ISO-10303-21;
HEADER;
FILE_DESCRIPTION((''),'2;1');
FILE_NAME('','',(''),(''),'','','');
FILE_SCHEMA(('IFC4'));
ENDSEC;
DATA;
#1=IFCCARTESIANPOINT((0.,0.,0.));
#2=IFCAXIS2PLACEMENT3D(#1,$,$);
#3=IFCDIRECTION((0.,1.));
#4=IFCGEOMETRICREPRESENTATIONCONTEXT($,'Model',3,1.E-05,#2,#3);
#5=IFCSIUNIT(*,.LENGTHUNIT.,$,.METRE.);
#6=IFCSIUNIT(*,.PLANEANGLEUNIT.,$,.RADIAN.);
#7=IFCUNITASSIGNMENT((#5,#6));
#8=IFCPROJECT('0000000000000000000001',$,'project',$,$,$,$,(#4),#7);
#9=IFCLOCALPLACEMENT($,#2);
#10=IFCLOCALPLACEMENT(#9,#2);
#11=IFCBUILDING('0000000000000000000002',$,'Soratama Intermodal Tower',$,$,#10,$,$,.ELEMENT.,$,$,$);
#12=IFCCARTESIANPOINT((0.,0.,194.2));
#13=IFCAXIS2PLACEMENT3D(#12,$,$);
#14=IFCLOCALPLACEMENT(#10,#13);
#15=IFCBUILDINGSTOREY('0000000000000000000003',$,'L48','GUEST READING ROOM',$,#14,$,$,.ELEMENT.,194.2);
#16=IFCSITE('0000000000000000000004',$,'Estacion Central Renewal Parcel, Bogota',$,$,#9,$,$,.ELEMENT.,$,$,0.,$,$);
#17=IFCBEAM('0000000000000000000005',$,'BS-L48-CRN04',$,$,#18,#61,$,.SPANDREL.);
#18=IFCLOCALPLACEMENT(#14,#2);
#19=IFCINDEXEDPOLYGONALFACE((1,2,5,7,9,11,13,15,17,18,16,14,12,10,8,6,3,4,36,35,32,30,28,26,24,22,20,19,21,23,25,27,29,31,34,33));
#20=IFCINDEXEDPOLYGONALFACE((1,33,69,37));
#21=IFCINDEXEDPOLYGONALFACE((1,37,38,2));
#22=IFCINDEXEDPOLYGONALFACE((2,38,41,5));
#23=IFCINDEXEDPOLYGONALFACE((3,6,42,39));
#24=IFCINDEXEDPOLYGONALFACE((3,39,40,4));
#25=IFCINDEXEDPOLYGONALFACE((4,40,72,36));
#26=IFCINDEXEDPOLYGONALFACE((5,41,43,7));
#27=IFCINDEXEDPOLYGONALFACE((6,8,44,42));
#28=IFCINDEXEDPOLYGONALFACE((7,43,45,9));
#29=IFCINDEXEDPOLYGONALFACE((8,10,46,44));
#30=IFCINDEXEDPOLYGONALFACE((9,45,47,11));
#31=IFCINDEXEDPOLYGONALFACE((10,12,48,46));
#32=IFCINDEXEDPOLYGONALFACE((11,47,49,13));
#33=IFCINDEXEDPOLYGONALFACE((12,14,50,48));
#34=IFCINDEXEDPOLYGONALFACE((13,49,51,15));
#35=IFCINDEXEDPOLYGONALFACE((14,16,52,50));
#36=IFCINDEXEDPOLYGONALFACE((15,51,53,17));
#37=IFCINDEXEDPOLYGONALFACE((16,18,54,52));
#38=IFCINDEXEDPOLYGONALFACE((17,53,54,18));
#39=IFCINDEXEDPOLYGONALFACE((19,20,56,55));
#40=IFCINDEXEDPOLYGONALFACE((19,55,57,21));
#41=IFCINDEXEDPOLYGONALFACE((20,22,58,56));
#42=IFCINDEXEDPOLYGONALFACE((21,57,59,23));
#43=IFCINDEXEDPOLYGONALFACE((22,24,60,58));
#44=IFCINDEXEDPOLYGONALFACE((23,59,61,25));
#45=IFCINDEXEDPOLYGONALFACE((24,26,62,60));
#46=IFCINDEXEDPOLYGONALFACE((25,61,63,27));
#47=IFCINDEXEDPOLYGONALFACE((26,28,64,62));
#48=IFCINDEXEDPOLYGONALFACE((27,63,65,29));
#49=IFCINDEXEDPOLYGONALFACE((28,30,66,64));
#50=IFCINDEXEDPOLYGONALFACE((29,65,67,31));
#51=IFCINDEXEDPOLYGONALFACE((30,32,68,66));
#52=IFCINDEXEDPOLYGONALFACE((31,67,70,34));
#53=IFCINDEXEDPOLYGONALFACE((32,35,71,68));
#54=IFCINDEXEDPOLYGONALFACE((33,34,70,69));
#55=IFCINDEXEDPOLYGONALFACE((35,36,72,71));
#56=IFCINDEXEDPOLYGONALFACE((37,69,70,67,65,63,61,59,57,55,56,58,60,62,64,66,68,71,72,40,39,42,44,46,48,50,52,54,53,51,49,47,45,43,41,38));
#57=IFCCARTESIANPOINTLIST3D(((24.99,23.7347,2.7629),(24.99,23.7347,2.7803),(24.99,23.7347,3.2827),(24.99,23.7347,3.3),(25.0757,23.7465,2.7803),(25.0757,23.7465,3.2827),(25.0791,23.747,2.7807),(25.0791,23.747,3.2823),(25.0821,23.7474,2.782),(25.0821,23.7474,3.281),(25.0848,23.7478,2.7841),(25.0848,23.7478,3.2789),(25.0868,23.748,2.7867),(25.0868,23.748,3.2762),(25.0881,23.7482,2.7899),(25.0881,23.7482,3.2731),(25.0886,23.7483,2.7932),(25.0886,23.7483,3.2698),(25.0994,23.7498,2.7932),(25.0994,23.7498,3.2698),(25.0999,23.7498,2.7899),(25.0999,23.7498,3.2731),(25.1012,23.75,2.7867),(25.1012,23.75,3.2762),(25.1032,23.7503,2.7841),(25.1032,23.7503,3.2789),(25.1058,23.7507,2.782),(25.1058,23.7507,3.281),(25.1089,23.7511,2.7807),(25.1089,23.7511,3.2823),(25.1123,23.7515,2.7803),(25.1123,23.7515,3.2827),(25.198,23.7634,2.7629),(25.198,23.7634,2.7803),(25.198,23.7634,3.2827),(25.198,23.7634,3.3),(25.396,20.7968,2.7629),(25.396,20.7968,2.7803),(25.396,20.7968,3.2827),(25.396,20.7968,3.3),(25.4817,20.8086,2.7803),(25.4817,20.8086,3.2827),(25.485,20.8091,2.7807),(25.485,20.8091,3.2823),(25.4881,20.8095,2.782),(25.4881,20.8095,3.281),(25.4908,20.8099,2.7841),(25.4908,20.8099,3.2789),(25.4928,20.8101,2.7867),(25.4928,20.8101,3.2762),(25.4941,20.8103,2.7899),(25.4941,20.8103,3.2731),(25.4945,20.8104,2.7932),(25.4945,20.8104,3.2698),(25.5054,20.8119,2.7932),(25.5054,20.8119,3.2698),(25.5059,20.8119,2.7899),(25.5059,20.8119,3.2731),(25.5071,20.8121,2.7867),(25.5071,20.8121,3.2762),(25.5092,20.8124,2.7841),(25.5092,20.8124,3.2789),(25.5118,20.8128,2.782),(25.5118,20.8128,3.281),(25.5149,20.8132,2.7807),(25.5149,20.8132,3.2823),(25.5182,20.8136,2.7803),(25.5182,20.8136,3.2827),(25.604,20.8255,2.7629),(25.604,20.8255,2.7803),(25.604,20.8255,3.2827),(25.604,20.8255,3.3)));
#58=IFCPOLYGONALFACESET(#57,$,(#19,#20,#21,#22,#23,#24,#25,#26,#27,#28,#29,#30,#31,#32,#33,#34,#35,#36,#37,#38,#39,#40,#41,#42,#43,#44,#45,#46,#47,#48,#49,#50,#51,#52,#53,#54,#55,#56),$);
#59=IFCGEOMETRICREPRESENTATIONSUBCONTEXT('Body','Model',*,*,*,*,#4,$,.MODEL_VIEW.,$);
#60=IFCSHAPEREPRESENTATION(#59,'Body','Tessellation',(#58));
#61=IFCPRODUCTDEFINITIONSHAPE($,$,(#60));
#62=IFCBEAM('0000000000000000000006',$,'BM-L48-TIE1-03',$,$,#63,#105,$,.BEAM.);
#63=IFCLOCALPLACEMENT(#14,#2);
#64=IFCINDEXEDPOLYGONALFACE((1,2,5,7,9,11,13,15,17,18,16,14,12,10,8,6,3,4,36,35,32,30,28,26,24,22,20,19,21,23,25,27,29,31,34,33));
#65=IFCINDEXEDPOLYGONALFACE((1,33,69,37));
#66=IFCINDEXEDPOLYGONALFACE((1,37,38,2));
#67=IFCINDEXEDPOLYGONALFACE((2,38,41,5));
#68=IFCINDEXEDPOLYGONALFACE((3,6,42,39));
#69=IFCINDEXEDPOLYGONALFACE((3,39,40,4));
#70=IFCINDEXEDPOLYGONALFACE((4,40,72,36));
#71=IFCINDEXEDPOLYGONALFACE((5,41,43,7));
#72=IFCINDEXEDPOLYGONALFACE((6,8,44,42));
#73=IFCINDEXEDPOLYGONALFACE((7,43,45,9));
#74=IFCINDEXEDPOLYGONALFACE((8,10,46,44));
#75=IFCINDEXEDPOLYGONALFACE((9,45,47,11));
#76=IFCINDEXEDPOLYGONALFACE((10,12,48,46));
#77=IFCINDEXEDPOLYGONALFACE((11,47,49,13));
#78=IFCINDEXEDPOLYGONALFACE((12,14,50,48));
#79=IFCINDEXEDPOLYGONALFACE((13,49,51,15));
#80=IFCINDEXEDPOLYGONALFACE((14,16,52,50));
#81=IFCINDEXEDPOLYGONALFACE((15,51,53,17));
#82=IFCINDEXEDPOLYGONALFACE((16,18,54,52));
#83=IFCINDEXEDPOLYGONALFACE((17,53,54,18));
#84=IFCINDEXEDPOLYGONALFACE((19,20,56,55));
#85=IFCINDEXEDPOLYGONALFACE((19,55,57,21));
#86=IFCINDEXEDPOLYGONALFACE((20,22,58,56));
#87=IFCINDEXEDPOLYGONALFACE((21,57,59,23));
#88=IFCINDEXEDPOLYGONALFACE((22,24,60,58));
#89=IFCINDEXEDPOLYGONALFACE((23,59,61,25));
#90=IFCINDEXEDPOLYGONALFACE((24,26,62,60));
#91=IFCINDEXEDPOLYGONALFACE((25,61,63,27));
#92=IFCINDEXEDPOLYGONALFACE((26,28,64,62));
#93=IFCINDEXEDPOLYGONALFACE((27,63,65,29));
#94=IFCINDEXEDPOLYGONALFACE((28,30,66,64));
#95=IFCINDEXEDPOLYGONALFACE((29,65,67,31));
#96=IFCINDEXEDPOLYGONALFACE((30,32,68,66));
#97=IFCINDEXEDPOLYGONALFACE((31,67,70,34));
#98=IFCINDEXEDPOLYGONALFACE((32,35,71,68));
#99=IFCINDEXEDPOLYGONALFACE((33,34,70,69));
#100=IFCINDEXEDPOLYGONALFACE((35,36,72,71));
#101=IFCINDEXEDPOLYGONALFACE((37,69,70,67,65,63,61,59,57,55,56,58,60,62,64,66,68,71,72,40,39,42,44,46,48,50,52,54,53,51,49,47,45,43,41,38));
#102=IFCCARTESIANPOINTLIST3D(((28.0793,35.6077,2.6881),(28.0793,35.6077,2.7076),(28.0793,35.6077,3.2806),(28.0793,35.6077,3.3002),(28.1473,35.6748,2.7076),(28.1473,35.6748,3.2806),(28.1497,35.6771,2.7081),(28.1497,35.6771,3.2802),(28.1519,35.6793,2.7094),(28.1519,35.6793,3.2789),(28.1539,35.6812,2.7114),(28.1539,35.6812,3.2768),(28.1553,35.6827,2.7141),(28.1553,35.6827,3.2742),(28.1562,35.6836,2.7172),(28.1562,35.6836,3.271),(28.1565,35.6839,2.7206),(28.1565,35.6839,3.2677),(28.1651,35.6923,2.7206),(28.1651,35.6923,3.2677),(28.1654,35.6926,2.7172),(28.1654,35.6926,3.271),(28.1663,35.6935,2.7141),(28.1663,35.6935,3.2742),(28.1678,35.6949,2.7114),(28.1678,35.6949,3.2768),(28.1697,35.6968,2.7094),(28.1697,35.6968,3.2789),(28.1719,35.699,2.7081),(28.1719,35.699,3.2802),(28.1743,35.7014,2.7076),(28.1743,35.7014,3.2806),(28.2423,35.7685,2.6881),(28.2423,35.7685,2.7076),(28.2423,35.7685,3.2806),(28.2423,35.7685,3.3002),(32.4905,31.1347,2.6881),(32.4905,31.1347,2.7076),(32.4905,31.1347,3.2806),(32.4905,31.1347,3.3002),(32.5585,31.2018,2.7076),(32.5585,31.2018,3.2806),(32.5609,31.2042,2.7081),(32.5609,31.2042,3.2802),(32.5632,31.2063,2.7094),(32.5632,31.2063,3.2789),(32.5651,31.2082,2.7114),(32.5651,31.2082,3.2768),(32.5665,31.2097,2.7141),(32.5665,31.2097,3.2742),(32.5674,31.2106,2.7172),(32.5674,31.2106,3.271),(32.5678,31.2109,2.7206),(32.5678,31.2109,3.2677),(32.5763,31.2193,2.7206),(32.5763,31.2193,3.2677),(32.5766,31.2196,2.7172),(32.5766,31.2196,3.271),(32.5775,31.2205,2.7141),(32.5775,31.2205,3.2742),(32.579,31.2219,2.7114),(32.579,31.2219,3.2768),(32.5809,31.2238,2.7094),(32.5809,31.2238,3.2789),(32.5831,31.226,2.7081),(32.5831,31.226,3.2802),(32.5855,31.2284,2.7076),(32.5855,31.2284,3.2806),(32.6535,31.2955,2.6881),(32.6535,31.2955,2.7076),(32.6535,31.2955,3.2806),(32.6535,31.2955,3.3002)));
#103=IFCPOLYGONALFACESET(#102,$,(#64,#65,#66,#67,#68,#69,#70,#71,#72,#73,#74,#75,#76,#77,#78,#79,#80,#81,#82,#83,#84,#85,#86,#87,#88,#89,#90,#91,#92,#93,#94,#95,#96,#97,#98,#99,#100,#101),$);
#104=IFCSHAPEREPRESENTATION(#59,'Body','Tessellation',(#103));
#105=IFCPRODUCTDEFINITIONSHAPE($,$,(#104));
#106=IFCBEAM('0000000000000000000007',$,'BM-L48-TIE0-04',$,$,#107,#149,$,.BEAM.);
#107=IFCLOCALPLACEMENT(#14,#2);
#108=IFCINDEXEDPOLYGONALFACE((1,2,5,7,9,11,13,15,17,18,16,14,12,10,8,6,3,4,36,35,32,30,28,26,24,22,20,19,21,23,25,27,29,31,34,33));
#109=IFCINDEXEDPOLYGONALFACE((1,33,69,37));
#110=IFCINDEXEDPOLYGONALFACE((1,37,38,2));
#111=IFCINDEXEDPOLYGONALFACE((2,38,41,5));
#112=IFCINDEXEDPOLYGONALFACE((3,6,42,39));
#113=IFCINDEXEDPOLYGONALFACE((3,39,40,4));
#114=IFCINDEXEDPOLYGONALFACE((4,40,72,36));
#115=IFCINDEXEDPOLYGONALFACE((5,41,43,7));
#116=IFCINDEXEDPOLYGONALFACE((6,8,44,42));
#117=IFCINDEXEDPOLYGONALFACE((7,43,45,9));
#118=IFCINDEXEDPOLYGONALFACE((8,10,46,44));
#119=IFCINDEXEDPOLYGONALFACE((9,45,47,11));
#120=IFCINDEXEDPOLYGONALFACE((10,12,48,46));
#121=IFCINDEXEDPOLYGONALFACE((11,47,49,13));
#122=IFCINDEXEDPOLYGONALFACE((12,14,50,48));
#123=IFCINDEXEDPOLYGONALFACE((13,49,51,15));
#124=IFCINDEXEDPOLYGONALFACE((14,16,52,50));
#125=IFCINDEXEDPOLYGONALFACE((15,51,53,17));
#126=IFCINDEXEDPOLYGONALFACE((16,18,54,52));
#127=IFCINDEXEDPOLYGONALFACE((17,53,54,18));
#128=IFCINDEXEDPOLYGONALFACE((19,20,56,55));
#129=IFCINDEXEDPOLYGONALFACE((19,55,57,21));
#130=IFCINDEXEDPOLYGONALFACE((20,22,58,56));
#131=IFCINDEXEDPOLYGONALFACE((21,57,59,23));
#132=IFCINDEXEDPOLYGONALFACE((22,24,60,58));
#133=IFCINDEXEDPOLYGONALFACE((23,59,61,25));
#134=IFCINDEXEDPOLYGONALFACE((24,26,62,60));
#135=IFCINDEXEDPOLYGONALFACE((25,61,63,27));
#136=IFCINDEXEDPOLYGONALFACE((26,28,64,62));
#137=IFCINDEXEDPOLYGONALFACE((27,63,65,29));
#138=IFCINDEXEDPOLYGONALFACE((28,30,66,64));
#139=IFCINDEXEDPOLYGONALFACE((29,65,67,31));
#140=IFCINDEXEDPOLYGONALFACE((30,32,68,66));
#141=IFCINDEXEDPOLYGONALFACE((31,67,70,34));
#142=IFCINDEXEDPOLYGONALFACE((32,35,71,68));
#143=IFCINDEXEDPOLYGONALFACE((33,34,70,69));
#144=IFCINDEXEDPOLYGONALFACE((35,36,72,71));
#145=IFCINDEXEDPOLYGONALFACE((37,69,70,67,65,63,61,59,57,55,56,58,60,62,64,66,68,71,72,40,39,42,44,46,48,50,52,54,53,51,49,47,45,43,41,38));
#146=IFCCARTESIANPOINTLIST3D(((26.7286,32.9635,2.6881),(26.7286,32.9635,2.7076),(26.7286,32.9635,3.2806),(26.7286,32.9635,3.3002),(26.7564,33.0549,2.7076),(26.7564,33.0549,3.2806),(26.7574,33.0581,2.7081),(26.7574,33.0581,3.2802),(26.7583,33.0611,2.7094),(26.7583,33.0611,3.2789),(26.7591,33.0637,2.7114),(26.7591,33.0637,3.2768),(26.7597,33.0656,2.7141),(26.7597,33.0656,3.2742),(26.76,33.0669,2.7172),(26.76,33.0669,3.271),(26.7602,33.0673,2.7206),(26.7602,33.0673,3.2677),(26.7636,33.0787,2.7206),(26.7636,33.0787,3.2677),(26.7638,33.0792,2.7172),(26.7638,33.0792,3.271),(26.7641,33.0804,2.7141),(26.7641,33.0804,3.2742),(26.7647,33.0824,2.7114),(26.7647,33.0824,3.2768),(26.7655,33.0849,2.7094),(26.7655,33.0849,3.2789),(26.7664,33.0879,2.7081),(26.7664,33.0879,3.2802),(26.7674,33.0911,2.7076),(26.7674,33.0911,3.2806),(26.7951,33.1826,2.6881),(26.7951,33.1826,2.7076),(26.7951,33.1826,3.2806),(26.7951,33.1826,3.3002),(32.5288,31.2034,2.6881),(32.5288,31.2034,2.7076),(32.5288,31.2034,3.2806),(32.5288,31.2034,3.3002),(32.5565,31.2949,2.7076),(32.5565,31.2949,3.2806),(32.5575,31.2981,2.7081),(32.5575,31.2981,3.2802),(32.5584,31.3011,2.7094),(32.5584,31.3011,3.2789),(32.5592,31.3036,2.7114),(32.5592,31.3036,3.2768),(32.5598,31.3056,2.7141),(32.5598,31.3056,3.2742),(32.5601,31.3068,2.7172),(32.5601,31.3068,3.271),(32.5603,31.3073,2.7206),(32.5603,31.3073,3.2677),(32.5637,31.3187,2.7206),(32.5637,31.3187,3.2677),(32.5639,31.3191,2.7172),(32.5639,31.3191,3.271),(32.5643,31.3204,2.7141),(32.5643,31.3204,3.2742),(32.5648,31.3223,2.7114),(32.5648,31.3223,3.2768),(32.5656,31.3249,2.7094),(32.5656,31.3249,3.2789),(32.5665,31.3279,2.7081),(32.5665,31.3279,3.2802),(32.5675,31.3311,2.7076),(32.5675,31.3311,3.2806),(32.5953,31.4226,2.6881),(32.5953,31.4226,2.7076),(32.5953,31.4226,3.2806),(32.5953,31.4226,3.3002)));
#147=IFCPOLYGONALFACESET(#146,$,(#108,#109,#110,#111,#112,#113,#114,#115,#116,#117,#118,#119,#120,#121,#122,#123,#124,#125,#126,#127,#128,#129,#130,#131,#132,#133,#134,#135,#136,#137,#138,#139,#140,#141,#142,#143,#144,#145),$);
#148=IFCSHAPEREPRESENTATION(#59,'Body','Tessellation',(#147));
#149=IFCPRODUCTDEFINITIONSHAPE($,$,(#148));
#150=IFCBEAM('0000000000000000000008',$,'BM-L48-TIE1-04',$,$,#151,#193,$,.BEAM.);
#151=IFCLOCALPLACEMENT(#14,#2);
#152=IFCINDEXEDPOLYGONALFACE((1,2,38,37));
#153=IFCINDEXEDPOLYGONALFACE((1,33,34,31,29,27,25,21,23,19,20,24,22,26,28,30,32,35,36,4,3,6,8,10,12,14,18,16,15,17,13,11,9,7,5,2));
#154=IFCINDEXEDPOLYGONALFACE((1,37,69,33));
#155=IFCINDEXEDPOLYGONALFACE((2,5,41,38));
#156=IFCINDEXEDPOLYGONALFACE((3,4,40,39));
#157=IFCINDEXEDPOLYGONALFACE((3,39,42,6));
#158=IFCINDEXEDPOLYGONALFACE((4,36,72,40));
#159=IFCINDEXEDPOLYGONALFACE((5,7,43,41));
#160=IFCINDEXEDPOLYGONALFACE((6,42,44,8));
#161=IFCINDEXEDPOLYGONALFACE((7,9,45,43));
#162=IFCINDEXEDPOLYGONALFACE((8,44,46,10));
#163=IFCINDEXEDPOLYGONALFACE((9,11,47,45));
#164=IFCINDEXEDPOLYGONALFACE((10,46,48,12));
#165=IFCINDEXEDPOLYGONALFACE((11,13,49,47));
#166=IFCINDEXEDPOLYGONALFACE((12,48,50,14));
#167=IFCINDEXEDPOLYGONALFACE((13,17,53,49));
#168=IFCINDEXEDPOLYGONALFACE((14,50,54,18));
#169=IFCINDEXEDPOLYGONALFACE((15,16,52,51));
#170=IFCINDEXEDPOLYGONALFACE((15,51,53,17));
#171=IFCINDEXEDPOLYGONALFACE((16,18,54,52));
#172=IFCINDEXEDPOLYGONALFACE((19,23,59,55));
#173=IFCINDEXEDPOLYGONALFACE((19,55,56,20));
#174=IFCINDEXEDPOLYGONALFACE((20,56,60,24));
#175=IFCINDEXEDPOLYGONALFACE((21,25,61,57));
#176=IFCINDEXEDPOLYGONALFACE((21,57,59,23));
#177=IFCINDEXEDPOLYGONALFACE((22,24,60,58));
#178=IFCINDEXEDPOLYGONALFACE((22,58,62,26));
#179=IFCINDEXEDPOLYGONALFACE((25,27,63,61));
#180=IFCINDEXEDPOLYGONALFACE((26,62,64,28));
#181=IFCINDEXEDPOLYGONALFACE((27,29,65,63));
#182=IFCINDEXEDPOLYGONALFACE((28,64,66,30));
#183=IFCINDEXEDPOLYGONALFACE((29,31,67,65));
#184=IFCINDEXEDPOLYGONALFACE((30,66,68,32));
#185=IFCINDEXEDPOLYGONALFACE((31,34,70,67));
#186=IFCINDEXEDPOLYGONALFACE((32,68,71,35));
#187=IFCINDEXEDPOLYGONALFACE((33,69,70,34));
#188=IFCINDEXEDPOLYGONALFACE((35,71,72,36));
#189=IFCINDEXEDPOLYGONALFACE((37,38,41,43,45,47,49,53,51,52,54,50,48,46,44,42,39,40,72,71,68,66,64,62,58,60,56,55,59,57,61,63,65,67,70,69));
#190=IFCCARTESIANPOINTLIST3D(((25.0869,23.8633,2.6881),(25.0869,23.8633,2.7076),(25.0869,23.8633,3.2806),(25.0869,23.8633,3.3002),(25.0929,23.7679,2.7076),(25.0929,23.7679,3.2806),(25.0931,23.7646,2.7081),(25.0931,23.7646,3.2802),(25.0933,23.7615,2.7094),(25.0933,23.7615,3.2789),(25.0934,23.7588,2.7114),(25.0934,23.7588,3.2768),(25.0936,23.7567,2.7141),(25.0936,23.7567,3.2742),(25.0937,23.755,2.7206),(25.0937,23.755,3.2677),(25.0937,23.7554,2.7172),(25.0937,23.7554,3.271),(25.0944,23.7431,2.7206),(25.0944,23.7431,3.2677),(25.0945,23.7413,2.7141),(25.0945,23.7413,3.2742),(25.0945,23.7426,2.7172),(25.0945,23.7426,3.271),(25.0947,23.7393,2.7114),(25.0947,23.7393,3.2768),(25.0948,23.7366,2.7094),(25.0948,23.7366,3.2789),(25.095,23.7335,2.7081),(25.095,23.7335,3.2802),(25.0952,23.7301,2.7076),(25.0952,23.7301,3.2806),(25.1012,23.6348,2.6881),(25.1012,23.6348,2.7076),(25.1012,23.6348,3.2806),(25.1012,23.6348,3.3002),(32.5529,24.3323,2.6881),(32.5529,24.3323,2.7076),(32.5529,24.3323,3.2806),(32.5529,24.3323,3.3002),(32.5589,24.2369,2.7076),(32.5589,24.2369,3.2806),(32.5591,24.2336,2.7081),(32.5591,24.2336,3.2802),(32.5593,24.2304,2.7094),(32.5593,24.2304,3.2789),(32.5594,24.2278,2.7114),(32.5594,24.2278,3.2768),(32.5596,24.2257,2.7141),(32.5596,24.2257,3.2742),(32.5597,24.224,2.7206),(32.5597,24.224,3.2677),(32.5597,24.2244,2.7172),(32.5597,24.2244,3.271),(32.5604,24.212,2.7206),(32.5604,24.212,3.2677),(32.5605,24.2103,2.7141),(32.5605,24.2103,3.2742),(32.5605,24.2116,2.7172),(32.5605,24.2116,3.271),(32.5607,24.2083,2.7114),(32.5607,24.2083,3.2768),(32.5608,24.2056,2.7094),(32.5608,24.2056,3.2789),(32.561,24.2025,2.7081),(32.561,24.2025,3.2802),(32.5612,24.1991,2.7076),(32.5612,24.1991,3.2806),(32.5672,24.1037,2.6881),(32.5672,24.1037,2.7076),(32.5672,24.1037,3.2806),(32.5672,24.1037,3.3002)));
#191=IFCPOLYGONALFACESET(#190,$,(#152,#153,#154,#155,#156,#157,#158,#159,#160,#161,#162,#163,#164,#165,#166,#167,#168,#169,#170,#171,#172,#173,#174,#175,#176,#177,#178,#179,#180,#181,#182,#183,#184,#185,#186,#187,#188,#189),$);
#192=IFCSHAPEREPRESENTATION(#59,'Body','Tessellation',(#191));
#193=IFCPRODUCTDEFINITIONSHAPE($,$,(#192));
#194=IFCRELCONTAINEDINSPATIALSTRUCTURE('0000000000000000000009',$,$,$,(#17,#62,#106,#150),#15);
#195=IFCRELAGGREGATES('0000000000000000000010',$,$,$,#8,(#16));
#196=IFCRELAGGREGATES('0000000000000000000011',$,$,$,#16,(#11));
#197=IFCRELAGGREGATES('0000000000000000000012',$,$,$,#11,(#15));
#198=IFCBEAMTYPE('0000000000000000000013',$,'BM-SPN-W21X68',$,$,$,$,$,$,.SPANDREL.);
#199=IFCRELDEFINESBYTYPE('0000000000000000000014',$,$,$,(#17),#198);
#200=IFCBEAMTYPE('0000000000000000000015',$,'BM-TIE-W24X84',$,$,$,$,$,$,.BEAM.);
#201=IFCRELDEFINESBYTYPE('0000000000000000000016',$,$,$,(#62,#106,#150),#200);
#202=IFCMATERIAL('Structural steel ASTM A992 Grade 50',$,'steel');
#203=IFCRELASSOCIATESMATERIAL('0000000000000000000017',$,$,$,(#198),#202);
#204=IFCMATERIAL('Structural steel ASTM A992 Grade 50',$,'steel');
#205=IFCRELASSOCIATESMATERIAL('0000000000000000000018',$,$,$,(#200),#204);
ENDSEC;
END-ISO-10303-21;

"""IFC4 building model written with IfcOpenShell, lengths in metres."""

from ifc_helpers import new_model, si_unit, direction, frame, origin, origin_2d, place, context, subcontext, project, spatial, i_section, extrude, material, material_profile, profile_set, type_object, element, save


model = new_model("IFC4")

# Units and contexts
model_context = context("Model", 3, precision=1e-05, world=origin(), true_north=direction((0.0, 1.0)))
body_context = subcontext(model_context, "Body", "Model", "MODEL_VIEW")
ifc_project = project(units=[si_unit("LENGTHUNIT", "METRE"), si_unit("PLANEANGLEUNIT", "RADIAN")], contexts=[model_context])

# Site, building, storey
site_placement = place(None, origin())
site = spatial("IfcSite", under=ifc_project, at=site_placement, Name="Estacion Central Renewal Parcel, Bogota", CompositionType="ELEMENT", RefElevation=0.0)
building_placement = place(site_placement, origin())
building = spatial("IfcBuilding", under=site, at=building_placement, Name="Soratama Intermodal Tower", CompositionType="ELEMENT")
storey_placement = place(building_placement, frame((0.0, 0.0, 194.2)))
storey = spatial("IfcBuildingStorey", under=building, at=storey_placement, Name="L48", Description="GUEST READING ROOM", CompositionType="ELEMENT", Elevation=194.2)

# Beams
ifc_material_1 = material(Name="Structural steel ASTM A992 Grade 50", Category="steel")
ifc_material_profile_1 = material_profile(ifc_material_1, i_section(OverallWidth=0.21, OverallDepth=0.5371, WebThickness=0.011, FlangeThickness=0.0173, FilletRadius=0.0129, at=origin_2d()), Name="W21X68")
ifc_profile_set_1 = profile_set([ifc_material_profile_1], Name="Structural steel ASTM A992 Grade 50")
beam_type_1 = type_object("IfcBeamType", Name="BM-SPN-W21X68", PredefinedType="SPANDREL", material=ifc_profile_set_1)
beam_1_placement = place(storey_placement, frame((25.094, 23.749, 3.0315), z_axis=(0.136891, -0.990586, 0.0), x_axis=(0.990586, 0.136891, 0.0)))
element("IfcBeam", 1, at=beam_1_placement, inside=storey, type_object=beam_type_1, Name="BS-L48-CRN04", PredefinedType="SPANDREL", context=body_context, shape_type="SweptSolid", body=[
    extrude(i_section(OverallWidth=0.21, OverallDepth=0.5371, WebThickness=0.011, FlangeThickness=0.0173, FilletRadius=0.0129, at=origin_2d()), origin(), (0.0, 0.0, 1.0), 2.9658),
])
ifc_material_2 = material(Name="Structural steel ASTM A992 Grade 50", Category="steel")
ifc_material_profile_2 = material_profile(ifc_material_2, i_section(OverallWidth=0.229, OverallDepth=0.6121, WebThickness=0.012, FlangeThickness=0.0195, FilletRadius=0.0129, at=origin_2d()), Name="W24X84")
ifc_profile_set_2 = profile_set([ifc_material_profile_2], Name="Structural steel ASTM A992 Grade 50")
beam_type_2 = type_object("IfcBeamType", Name="BM-TIE-W24X84", PredefinedType="BEAM", material=ifc_profile_set_2)
beam_2_placement = place(storey_placement, frame((32.572, 31.2151, 2.9941), z_axis=(-0.702174, 0.712006, 0.0), x_axis=(-0.712006, -0.702174, 0.0)))
element("IfcBeam", 2, at=beam_2_placement, inside=storey, type_object=beam_type_2, Name="BM-L48-TIE1-03", PredefinedType="BEAM", context=body_context, shape_type="SweptSolid", body=[
    extrude(i_section(OverallWidth=0.229, OverallDepth=0.6121, WebThickness=0.012, FlangeThickness=0.0195, FilletRadius=0.0129, at=origin_2d()), origin(), (0.0, 0.0, 1.0), 6.2822),
])
beam_3_placement = place(storey_placement, frame((32.562, 31.313, 2.9941), z_axis=(-0.956914, 0.290373, 0.0), x_axis=(-0.290373, -0.956914, 0.0)))
element("IfcBeam", 3, at=beam_3_placement, inside=storey, type_object=beam_type_2, Name="BM-L48-TIE0-04", PredefinedType="BEAM", context=body_context, shape_type="SweptSolid", body=[
    extrude(i_section(OverallWidth=0.229, OverallDepth=0.6121, WebThickness=0.012, FlangeThickness=0.0195, FilletRadius=0.0129, at=origin_2d()), origin(), (0.0, 0.0, 1.0), 6.0613),
])
beam_4_placement = place(storey_placement, frame((32.5601, 24.218, 2.9941), z_axis=(-0.998033, -0.062693, 0.0), x_axis=(0.062693, -0.998033, 0.0)))
element("IfcBeam", 4, at=beam_4_placement, inside=storey, type_object=beam_type_2, Name="BM-L48-TIE1-04", PredefinedType="BEAM", context=body_context, shape_type="SweptSolid", body=[
    extrude(i_section(OverallWidth=0.229, OverallDepth=0.6121, WebThickness=0.012, FlangeThickness=0.0195, FilletRadius=0.0129, at=origin_2d()), origin(), (0.0, 0.0, 1.0), 7.4807),
])

save(model, "model.ifc")
